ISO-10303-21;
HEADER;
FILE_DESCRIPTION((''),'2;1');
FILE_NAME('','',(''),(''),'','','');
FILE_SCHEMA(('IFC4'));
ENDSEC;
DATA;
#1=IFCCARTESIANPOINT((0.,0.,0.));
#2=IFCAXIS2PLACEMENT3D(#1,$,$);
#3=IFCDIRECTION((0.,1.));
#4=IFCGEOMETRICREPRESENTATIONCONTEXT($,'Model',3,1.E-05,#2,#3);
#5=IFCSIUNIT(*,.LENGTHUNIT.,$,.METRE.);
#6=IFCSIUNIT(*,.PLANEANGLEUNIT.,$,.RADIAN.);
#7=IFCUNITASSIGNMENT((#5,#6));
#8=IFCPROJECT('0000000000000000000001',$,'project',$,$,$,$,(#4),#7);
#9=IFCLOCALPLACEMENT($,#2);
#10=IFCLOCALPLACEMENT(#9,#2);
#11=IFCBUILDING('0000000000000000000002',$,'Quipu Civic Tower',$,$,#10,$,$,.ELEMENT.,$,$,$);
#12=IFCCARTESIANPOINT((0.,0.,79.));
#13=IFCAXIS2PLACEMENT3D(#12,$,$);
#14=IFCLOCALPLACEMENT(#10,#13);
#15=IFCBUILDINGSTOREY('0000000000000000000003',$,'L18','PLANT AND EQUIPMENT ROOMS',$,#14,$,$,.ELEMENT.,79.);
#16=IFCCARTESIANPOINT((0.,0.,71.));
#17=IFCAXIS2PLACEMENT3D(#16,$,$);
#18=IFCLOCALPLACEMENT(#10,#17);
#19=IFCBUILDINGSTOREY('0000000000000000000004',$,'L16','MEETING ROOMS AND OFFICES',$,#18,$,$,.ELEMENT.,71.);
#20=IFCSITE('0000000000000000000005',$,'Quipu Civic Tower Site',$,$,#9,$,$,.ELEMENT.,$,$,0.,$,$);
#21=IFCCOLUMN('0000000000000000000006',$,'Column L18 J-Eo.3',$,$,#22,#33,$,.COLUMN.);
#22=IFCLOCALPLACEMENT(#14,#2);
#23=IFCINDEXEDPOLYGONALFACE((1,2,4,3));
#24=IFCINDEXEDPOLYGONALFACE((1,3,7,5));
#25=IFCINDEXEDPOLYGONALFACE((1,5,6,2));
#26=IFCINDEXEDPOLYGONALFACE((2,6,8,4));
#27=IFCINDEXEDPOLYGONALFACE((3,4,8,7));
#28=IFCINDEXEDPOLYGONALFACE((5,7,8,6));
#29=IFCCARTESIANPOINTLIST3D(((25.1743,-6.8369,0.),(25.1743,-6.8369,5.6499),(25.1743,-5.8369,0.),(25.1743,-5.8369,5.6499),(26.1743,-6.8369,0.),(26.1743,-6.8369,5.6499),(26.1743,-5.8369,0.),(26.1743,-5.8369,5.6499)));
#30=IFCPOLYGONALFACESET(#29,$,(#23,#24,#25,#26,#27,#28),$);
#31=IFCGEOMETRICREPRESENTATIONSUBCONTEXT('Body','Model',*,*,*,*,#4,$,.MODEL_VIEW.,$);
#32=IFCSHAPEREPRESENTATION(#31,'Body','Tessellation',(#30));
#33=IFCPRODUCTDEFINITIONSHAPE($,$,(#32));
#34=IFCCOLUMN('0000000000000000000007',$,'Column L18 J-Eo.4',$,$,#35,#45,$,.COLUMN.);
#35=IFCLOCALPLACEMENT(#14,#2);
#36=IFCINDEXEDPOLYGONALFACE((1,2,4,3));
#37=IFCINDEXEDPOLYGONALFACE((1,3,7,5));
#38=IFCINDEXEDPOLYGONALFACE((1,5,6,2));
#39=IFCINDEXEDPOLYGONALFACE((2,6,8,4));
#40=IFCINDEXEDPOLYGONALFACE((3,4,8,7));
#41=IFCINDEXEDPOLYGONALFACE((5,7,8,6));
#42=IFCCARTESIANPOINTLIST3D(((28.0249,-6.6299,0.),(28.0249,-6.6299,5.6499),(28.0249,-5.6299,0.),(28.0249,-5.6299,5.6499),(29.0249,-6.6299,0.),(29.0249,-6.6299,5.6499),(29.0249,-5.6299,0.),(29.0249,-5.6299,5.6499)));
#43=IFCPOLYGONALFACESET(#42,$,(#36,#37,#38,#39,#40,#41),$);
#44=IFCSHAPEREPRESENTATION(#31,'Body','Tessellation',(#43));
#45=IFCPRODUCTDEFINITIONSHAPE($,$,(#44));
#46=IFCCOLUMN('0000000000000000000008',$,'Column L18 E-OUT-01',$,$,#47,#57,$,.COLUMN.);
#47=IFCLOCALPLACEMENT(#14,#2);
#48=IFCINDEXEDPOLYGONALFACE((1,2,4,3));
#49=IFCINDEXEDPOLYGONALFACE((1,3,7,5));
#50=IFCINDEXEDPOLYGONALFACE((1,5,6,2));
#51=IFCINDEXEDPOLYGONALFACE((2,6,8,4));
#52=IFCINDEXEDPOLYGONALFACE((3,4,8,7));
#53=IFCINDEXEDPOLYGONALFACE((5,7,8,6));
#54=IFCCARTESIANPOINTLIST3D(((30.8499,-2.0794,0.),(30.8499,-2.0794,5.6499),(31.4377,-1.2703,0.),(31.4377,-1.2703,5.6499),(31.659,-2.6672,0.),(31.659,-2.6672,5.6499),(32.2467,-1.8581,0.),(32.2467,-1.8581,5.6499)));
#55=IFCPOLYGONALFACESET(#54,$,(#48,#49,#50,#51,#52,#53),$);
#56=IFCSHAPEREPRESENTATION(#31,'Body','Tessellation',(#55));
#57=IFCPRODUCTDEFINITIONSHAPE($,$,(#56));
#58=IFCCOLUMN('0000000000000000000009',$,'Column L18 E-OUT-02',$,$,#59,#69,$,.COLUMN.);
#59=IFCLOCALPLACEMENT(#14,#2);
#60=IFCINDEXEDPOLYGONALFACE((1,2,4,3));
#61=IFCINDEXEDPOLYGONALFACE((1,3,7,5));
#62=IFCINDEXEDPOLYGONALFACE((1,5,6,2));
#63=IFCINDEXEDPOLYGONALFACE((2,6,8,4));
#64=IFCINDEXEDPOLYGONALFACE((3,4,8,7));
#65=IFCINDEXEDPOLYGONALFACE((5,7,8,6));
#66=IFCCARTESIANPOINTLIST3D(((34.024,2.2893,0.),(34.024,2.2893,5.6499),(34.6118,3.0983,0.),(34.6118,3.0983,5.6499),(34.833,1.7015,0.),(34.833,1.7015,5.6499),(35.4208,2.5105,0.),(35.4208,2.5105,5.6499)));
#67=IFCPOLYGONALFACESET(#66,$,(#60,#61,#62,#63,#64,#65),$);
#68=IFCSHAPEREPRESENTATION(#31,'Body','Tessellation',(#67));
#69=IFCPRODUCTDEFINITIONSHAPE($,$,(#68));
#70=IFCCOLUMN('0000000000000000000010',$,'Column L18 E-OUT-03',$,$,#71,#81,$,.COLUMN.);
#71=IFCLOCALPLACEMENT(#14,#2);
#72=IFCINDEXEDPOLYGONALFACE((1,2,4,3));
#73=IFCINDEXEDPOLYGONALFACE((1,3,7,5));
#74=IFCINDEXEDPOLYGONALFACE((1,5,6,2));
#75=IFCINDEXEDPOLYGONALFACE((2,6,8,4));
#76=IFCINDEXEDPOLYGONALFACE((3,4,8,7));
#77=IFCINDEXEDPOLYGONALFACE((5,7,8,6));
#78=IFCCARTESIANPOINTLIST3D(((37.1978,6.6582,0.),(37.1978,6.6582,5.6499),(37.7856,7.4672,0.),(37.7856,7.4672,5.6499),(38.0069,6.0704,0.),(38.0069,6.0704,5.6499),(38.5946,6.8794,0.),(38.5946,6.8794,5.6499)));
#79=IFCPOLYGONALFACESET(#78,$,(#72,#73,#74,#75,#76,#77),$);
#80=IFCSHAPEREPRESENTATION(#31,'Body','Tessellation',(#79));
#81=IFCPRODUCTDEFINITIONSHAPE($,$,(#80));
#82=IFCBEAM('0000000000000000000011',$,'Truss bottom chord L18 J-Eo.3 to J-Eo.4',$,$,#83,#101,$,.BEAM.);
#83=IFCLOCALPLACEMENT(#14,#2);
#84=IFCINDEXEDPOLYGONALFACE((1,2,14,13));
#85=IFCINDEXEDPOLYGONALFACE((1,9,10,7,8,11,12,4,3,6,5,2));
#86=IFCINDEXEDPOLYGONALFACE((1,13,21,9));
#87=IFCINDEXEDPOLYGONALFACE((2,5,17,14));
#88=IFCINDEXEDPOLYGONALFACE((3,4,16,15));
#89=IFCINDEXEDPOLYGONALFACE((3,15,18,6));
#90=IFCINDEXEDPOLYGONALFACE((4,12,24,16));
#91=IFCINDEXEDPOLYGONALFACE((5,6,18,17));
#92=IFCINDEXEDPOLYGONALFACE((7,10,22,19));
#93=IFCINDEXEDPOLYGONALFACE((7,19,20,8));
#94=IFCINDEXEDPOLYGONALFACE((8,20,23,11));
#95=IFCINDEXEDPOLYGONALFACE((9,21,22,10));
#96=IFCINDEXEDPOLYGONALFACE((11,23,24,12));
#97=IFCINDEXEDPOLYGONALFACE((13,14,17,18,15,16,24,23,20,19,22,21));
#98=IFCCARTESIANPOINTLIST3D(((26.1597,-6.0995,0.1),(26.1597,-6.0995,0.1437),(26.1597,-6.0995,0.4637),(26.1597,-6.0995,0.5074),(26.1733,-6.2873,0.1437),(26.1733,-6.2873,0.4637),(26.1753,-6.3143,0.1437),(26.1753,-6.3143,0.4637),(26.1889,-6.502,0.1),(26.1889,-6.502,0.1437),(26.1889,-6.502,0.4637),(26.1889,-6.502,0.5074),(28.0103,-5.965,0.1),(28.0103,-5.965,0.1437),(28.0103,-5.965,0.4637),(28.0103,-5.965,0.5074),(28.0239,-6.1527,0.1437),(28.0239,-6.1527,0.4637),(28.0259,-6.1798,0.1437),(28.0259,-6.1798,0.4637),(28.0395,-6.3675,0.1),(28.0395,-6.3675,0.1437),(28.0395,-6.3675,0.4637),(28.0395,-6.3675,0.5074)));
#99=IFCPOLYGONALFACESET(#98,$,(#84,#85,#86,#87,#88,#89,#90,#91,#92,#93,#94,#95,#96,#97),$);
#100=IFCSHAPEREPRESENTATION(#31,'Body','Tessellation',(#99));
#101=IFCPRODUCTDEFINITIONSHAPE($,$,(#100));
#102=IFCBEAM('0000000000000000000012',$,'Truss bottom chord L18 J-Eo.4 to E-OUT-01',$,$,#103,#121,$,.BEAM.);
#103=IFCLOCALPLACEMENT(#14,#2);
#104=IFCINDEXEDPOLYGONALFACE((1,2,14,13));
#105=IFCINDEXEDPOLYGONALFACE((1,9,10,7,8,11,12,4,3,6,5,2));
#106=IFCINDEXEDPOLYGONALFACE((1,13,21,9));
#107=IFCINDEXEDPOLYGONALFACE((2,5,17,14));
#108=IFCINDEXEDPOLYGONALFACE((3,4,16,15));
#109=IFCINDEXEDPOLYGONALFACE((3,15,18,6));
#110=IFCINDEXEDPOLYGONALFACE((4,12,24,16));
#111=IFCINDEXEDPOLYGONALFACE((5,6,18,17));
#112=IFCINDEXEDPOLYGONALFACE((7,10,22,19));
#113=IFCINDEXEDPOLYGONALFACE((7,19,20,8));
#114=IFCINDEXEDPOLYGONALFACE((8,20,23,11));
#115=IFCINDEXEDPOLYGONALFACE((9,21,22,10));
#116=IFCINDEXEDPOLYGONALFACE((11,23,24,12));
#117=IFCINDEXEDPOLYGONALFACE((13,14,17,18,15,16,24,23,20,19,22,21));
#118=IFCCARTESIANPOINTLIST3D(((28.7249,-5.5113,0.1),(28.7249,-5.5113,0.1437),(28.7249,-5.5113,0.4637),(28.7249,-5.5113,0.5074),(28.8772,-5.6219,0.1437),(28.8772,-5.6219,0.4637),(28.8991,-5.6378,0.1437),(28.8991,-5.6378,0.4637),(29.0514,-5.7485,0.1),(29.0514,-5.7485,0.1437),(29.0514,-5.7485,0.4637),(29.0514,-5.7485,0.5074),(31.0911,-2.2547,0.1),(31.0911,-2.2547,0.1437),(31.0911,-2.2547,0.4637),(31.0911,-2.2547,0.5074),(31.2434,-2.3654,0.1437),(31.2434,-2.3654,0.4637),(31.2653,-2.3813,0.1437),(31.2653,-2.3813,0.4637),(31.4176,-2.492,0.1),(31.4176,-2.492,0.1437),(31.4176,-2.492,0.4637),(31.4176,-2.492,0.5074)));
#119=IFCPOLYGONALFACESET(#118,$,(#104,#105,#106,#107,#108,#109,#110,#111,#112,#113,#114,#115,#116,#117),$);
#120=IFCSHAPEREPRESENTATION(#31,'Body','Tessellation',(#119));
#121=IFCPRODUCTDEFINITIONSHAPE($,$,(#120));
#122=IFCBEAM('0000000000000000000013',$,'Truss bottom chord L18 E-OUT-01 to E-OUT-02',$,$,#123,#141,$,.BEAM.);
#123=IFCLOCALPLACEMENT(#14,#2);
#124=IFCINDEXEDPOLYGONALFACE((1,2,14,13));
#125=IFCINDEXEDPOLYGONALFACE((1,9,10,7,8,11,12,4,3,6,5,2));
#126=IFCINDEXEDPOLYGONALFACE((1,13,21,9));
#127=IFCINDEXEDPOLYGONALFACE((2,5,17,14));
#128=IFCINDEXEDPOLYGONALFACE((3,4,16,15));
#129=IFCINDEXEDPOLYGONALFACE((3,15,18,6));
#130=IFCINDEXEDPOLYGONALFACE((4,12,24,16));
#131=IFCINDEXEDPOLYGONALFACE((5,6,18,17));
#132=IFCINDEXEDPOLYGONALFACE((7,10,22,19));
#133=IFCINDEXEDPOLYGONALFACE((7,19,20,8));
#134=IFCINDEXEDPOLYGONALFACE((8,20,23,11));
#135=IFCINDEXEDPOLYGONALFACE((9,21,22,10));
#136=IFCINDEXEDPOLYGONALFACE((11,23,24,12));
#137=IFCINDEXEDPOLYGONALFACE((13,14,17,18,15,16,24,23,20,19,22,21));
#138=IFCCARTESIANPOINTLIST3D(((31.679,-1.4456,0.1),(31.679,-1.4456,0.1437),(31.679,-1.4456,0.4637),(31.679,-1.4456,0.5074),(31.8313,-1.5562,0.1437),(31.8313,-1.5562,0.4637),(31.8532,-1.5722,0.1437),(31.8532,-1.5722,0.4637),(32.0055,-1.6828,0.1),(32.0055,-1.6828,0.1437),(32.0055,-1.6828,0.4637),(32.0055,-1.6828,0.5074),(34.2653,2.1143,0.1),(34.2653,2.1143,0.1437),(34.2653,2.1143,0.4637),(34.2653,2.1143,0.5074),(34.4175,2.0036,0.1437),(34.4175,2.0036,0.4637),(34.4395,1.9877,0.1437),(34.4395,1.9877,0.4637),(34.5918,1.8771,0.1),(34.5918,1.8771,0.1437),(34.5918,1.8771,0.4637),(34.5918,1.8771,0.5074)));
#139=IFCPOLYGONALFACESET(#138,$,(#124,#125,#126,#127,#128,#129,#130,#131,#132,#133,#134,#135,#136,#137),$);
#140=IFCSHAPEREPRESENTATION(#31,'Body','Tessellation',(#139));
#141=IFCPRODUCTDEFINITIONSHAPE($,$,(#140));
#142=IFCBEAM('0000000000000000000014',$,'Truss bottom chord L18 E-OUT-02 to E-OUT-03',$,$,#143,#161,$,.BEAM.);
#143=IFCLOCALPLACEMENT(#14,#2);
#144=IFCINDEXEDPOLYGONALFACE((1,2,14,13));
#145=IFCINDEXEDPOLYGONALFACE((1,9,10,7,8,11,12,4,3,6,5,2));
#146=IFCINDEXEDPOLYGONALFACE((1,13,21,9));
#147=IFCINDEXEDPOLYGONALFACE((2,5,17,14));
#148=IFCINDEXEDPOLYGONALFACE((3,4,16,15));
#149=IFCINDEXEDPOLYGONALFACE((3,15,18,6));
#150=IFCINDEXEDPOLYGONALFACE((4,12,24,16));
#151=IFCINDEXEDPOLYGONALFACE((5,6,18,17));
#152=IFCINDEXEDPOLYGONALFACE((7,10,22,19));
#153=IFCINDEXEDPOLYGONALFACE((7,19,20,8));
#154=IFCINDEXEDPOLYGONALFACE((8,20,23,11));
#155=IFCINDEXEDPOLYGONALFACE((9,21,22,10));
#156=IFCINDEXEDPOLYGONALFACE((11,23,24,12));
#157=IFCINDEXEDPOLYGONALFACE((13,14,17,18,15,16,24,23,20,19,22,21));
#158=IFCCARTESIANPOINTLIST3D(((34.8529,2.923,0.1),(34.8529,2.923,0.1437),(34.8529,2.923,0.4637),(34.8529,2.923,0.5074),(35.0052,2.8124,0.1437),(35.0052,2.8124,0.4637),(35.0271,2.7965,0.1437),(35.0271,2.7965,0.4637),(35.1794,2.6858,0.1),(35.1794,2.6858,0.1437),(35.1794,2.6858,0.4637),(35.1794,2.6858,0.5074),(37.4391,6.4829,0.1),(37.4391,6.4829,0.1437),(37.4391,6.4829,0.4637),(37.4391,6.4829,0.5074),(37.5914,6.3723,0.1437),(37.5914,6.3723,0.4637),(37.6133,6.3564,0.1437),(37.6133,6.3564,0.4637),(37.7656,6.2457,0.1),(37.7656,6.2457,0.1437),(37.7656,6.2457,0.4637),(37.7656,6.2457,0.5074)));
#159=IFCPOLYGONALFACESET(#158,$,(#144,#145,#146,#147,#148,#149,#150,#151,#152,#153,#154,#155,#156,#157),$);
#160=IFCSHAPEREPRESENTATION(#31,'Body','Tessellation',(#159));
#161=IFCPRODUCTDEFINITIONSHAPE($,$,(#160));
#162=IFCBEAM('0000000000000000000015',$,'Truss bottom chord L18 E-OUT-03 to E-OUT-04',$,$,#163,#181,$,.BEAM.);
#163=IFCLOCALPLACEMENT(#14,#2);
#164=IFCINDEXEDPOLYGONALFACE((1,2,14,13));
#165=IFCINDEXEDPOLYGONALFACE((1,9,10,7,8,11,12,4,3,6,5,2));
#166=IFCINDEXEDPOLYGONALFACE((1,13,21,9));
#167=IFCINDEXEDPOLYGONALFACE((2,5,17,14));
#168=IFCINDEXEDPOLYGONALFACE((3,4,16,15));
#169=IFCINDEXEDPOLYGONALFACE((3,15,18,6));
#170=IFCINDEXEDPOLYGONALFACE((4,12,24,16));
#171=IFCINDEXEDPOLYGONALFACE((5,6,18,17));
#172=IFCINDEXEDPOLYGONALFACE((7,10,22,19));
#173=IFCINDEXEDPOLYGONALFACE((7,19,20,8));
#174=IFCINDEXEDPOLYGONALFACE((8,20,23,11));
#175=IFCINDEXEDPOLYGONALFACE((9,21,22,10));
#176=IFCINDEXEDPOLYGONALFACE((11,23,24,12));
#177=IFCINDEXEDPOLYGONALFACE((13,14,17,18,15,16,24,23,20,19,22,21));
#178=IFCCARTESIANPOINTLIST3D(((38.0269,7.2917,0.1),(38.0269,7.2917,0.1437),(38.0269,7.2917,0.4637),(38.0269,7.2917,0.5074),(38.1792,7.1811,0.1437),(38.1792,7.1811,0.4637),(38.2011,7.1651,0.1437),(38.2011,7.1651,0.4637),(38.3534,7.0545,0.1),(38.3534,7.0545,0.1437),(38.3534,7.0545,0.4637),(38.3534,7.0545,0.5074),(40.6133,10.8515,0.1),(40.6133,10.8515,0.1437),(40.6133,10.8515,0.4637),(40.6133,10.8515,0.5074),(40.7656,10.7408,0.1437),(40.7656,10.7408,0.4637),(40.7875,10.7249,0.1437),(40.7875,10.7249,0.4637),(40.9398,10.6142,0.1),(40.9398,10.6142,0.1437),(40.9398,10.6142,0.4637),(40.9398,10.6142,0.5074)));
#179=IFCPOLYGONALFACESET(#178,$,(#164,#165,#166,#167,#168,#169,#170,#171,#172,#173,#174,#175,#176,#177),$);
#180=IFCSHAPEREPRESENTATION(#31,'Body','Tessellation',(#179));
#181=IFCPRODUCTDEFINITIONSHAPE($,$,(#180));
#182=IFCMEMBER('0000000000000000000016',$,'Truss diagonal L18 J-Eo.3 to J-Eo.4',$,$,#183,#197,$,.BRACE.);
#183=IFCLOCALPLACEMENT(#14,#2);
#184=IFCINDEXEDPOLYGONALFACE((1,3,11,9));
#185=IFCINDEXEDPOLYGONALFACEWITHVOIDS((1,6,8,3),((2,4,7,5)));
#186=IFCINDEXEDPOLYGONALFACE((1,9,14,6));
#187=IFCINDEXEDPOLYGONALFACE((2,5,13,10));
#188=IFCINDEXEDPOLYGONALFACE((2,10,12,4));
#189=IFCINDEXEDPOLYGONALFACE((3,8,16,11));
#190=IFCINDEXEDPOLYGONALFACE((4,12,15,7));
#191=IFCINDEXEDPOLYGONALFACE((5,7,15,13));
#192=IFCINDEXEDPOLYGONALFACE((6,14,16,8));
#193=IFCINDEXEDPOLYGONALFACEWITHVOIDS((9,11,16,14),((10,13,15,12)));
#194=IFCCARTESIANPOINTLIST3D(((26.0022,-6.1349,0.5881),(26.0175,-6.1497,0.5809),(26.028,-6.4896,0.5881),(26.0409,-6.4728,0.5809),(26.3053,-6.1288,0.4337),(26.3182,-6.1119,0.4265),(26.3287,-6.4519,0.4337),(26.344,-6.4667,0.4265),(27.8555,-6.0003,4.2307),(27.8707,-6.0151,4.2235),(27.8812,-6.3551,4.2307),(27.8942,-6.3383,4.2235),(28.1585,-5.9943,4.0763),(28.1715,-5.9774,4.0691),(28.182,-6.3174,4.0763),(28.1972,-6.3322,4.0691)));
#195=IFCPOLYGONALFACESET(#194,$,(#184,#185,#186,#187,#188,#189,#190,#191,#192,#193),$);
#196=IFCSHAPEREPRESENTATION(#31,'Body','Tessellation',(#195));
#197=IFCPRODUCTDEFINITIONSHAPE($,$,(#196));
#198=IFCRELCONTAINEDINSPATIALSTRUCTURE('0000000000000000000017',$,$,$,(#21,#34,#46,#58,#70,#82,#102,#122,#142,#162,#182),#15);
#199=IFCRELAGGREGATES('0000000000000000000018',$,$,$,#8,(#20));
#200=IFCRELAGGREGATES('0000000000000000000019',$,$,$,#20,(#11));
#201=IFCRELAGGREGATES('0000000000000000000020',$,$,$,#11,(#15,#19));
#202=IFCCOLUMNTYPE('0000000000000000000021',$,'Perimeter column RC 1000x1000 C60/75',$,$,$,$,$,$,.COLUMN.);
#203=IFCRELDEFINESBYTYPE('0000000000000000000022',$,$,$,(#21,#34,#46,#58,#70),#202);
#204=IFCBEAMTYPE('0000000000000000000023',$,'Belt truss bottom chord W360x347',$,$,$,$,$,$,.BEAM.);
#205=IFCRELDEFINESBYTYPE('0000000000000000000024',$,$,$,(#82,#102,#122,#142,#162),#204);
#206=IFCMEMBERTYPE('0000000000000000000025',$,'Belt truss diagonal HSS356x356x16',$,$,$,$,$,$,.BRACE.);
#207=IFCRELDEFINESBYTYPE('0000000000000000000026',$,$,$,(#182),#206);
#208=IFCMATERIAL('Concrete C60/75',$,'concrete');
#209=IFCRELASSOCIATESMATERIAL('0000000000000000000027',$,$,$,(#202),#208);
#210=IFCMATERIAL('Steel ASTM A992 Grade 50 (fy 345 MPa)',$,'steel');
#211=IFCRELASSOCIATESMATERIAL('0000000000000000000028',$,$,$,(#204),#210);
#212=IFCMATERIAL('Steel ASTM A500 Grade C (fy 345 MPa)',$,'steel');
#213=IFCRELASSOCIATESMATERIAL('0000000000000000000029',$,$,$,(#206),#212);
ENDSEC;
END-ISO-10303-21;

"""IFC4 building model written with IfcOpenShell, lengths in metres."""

from ifc_helpers import new_model, si_unit, direction, frame, origin, origin_2d, place, context, subcontext, project, spatial, rectangle, hollow_rectangle, i_section, extrude, material, material_profile, profile_set, type_object, element, save


model = new_model("IFC4")

# Units and contexts
model_context = context("Model", 3, precision=1e-05, world=origin(), true_north=direction((0.0, 1.0)))
body_context = subcontext(model_context, "Body", "Model", "MODEL_VIEW")
ifc_project = project(units=[si_unit("LENGTHUNIT", "METRE"), si_unit("PLANEANGLEUNIT", "RADIAN")], contexts=[model_context])

# Site, building, storey
site_placement = place(None, origin())
site = spatial("IfcSite", under=ifc_project, at=site_placement, Name="Quipu Civic Tower Site", CompositionType="ELEMENT", RefElevation=0.0)
building_placement = place(site_placement, origin())
building = spatial("IfcBuilding", under=site, at=building_placement, Name="Quipu Civic Tower", CompositionType="ELEMENT")
storey_1_placement = place(building_placement, frame((0.0, 0.0, 79.0)))
storey_1 = spatial("IfcBuildingStorey", under=building, at=storey_1_placement, Name="L18", Description="PLANT AND EQUIPMENT ROOMS", CompositionType="ELEMENT", Elevation=79.0)

# Columns
ifc_material_1 = material(Name="Concrete C60/75", Category="concrete")
ifc_material_profile_1 = material_profile(ifc_material_1, rectangle(XDim=1.0, YDim=1.0, at=origin_2d()), Name="RC1000x1000")
ifc_profile_set_1 = profile_set([ifc_material_profile_1], Name="Concrete C60/75")
column_type = type_object("IfcColumnType", Name="Perimeter column RC 1000x1000 C60/75", PredefinedType="COLUMN", material=ifc_profile_set_1)
for number, where, z_axis, x_axis, name in (
    (1, (25.6743, -6.3369, 0.0), (0.0, 0.0, 1.0), (1.0, 0.0, 0.0), "Column L18 J-Eo.3"),
    (2, (28.5249, -6.1299, 0.0), (0.0, 0.0, 1.0), (1.0, 0.0, 0.0), "Column L18 J-Eo.4"),
    (3, (31.5483, -1.9688, 0.0), (0.0, 0.0, 1.0), (0.587785, 0.809017, 0.0), "Column L18 E-OUT-01"),
    (4, (34.7224, 2.3999, 0.0), (0.0, 0.0, 1.0), (0.587785, 0.809017, 0.0), "Column L18 E-OUT-02"),
    (5, (37.8962, 6.7688, 0.0), (0.0, 0.0, 1.0), (0.587785, 0.809017, 0.0), "Column L18 E-OUT-03"),
):
    element("IfcColumn", number, at=place(storey_1_placement, frame(where, z_axis=z_axis, x_axis=x_axis)), inside=storey_1, type_object=column_type, Name=name, PredefinedType="COLUMN", context=body_context, shape_type="SweptSolid", body=[
        extrude(rectangle(XDim=1.0, YDim=1.0, at=origin_2d()), origin(), (0.0, 0.0, 1.0), 5.6499),
    ])

# Beams
ifc_material_2 = material(Name="Steel ASTM A992 Grade 50 (fy 345 MPa)", Category="steel")
ifc_material_profile_2 = material_profile(ifc_material_2, i_section(OverallWidth=0.4036, OverallDepth=0.4075, WebThickness=0.0271, FlangeThickness=0.0437, at=origin_2d()), Name="W360x347")
ifc_profile_set_2 = profile_set([ifc_material_profile_2], Name="Steel ASTM A992 Grade 50 (fy 345 MPa)")
beam_type_1 = type_object("IfcBeamType", Name="Belt truss bottom chord W360x347", PredefinedType="BEAM", material=ifc_profile_set_2)
beam_1_placement = place(storey_1_placement, frame((26.1743, -6.3008, 0.3037), z_axis=(0.997368, 0.0725, 0.0), x_axis=(-0.0725, 0.997368, 0.0)))
element("IfcBeam", 6, at=beam_1_placement, inside=storey_1, type_object=beam_type_1, Name="Truss bottom chord L18 J-Eo.3 to J-Eo.4", PredefinedType="BEAM", context=body_context, shape_type="SweptSolid", body=[
    extrude(i_section(OverallWidth=0.4036, OverallDepth=0.4075, WebThickness=0.0271, FlangeThickness=0.0437, at=origin_2d()), origin(), (0.0, 0.0, 1.0), 1.8555),
])
beam_2_placement = place(storey_1_placement, frame((28.8882, -5.6299, 0.3037), z_axis=(0.587811, 0.808998, 0.0), x_axis=(-0.808998, 0.587811, 0.0)))
element("IfcBeam", 7, at=beam_2_placement, inside=storey_1, type_object=beam_type_1, Name="Truss bottom chord L18 J-Eo.4 to E-OUT-01", PredefinedType="BEAM", context=body_context, shape_type="SweptSolid", body=[
    extrude(i_section(OverallWidth=0.4036, OverallDepth=0.4075, WebThickness=0.0271, FlangeThickness=0.0437, at=origin_2d()), origin(), (0.0, 0.0, 1.0), 4.0254),
])
for number, where, z_axis, x_axis, name in (
    (8, (31.8423, -1.5642, 0.3037), (0.587759, 0.809036, 0.0), (-0.809036, 0.587759, 0.0), "Truss bottom chord L18 E-OUT-01 to E-OUT-02"),
    (9, (35.0161, 2.8044, 0.3037), (0.587759, 0.809036, 0.0), (-0.809036, 0.587759, 0.0), "Truss bottom chord L18 E-OUT-02 to E-OUT-03"),
    (10, (38.1902, 7.1731, 0.3037), (0.587796, 0.80901, 0.0), (-0.80901, 0.587796, 0.0), "Truss bottom chord L18 E-OUT-03 to E-OUT-04"),
):
    element("IfcBeam", number, at=place(storey_1_placement, frame(where, z_axis=z_axis, x_axis=x_axis)), inside=storey_1, type_object=beam_type_1, Name=name, PredefinedType="BEAM", context=body_context, shape_type="SweptSolid", body=[
        extrude(i_section(OverallWidth=0.4036, OverallDepth=0.4075, WebThickness=0.0271, FlangeThickness=0.0437, at=origin_2d()), origin(), (0.0, 0.0, 1.0), 4.4001),
    ])

# Member
ifc_material_3 = material(Name="Steel ASTM A500 Grade C (fy 345 MPa)", Category="steel")
ifc_material_profile_3 = material_profile(ifc_material_3, hollow_rectangle(XDim=0.3557, YDim=0.3557, WallThickness=0.0159, at=origin_2d()), Name="HSS356x356x16")
ifc_profile_set_3 = profile_set([ifc_material_profile_3], Name="Steel ASTM A500 Grade C (fy 345 MPa)")
member_type_1 = type_object("IfcMemberType", Name="Belt truss diagonal HSS356x356x16", PredefinedType="BRACE", material=ifc_profile_set_3)
member_1_placement = place(storey_1_placement, frame((26.1731, -6.3008, 0.5073), z_axis=(0.453218, 0.032897, 0.890793), x_axis=(-0.072395, 0.997376, 0.0)))
element("IfcMember", 11, at=member_1_placement, inside=storey_1, type_object=member_type_1, Name="Truss diagonal L18 J-Eo.3 to J-Eo.4", PredefinedType="BRACE", context=body_context, shape_type="SweptSolid", body=[
    extrude(hollow_rectangle(XDim=0.3557, YDim=0.3557, WallThickness=0.0159, at=origin_2d()), origin(), (0.0, 0.0, 1.0), 4.0891),
])

# Shared definitions
storey_2_placement = place(building_placement, frame((0.0, 0.0, 71.0)))
storey_2 = spatial("IfcBuildingStorey", under=building, at=storey_2_placement, Name="L16", Description="MEETING ROOMS AND OFFICES", CompositionType="ELEMENT", Elevation=71.0)

save(model, "model.ifc")
